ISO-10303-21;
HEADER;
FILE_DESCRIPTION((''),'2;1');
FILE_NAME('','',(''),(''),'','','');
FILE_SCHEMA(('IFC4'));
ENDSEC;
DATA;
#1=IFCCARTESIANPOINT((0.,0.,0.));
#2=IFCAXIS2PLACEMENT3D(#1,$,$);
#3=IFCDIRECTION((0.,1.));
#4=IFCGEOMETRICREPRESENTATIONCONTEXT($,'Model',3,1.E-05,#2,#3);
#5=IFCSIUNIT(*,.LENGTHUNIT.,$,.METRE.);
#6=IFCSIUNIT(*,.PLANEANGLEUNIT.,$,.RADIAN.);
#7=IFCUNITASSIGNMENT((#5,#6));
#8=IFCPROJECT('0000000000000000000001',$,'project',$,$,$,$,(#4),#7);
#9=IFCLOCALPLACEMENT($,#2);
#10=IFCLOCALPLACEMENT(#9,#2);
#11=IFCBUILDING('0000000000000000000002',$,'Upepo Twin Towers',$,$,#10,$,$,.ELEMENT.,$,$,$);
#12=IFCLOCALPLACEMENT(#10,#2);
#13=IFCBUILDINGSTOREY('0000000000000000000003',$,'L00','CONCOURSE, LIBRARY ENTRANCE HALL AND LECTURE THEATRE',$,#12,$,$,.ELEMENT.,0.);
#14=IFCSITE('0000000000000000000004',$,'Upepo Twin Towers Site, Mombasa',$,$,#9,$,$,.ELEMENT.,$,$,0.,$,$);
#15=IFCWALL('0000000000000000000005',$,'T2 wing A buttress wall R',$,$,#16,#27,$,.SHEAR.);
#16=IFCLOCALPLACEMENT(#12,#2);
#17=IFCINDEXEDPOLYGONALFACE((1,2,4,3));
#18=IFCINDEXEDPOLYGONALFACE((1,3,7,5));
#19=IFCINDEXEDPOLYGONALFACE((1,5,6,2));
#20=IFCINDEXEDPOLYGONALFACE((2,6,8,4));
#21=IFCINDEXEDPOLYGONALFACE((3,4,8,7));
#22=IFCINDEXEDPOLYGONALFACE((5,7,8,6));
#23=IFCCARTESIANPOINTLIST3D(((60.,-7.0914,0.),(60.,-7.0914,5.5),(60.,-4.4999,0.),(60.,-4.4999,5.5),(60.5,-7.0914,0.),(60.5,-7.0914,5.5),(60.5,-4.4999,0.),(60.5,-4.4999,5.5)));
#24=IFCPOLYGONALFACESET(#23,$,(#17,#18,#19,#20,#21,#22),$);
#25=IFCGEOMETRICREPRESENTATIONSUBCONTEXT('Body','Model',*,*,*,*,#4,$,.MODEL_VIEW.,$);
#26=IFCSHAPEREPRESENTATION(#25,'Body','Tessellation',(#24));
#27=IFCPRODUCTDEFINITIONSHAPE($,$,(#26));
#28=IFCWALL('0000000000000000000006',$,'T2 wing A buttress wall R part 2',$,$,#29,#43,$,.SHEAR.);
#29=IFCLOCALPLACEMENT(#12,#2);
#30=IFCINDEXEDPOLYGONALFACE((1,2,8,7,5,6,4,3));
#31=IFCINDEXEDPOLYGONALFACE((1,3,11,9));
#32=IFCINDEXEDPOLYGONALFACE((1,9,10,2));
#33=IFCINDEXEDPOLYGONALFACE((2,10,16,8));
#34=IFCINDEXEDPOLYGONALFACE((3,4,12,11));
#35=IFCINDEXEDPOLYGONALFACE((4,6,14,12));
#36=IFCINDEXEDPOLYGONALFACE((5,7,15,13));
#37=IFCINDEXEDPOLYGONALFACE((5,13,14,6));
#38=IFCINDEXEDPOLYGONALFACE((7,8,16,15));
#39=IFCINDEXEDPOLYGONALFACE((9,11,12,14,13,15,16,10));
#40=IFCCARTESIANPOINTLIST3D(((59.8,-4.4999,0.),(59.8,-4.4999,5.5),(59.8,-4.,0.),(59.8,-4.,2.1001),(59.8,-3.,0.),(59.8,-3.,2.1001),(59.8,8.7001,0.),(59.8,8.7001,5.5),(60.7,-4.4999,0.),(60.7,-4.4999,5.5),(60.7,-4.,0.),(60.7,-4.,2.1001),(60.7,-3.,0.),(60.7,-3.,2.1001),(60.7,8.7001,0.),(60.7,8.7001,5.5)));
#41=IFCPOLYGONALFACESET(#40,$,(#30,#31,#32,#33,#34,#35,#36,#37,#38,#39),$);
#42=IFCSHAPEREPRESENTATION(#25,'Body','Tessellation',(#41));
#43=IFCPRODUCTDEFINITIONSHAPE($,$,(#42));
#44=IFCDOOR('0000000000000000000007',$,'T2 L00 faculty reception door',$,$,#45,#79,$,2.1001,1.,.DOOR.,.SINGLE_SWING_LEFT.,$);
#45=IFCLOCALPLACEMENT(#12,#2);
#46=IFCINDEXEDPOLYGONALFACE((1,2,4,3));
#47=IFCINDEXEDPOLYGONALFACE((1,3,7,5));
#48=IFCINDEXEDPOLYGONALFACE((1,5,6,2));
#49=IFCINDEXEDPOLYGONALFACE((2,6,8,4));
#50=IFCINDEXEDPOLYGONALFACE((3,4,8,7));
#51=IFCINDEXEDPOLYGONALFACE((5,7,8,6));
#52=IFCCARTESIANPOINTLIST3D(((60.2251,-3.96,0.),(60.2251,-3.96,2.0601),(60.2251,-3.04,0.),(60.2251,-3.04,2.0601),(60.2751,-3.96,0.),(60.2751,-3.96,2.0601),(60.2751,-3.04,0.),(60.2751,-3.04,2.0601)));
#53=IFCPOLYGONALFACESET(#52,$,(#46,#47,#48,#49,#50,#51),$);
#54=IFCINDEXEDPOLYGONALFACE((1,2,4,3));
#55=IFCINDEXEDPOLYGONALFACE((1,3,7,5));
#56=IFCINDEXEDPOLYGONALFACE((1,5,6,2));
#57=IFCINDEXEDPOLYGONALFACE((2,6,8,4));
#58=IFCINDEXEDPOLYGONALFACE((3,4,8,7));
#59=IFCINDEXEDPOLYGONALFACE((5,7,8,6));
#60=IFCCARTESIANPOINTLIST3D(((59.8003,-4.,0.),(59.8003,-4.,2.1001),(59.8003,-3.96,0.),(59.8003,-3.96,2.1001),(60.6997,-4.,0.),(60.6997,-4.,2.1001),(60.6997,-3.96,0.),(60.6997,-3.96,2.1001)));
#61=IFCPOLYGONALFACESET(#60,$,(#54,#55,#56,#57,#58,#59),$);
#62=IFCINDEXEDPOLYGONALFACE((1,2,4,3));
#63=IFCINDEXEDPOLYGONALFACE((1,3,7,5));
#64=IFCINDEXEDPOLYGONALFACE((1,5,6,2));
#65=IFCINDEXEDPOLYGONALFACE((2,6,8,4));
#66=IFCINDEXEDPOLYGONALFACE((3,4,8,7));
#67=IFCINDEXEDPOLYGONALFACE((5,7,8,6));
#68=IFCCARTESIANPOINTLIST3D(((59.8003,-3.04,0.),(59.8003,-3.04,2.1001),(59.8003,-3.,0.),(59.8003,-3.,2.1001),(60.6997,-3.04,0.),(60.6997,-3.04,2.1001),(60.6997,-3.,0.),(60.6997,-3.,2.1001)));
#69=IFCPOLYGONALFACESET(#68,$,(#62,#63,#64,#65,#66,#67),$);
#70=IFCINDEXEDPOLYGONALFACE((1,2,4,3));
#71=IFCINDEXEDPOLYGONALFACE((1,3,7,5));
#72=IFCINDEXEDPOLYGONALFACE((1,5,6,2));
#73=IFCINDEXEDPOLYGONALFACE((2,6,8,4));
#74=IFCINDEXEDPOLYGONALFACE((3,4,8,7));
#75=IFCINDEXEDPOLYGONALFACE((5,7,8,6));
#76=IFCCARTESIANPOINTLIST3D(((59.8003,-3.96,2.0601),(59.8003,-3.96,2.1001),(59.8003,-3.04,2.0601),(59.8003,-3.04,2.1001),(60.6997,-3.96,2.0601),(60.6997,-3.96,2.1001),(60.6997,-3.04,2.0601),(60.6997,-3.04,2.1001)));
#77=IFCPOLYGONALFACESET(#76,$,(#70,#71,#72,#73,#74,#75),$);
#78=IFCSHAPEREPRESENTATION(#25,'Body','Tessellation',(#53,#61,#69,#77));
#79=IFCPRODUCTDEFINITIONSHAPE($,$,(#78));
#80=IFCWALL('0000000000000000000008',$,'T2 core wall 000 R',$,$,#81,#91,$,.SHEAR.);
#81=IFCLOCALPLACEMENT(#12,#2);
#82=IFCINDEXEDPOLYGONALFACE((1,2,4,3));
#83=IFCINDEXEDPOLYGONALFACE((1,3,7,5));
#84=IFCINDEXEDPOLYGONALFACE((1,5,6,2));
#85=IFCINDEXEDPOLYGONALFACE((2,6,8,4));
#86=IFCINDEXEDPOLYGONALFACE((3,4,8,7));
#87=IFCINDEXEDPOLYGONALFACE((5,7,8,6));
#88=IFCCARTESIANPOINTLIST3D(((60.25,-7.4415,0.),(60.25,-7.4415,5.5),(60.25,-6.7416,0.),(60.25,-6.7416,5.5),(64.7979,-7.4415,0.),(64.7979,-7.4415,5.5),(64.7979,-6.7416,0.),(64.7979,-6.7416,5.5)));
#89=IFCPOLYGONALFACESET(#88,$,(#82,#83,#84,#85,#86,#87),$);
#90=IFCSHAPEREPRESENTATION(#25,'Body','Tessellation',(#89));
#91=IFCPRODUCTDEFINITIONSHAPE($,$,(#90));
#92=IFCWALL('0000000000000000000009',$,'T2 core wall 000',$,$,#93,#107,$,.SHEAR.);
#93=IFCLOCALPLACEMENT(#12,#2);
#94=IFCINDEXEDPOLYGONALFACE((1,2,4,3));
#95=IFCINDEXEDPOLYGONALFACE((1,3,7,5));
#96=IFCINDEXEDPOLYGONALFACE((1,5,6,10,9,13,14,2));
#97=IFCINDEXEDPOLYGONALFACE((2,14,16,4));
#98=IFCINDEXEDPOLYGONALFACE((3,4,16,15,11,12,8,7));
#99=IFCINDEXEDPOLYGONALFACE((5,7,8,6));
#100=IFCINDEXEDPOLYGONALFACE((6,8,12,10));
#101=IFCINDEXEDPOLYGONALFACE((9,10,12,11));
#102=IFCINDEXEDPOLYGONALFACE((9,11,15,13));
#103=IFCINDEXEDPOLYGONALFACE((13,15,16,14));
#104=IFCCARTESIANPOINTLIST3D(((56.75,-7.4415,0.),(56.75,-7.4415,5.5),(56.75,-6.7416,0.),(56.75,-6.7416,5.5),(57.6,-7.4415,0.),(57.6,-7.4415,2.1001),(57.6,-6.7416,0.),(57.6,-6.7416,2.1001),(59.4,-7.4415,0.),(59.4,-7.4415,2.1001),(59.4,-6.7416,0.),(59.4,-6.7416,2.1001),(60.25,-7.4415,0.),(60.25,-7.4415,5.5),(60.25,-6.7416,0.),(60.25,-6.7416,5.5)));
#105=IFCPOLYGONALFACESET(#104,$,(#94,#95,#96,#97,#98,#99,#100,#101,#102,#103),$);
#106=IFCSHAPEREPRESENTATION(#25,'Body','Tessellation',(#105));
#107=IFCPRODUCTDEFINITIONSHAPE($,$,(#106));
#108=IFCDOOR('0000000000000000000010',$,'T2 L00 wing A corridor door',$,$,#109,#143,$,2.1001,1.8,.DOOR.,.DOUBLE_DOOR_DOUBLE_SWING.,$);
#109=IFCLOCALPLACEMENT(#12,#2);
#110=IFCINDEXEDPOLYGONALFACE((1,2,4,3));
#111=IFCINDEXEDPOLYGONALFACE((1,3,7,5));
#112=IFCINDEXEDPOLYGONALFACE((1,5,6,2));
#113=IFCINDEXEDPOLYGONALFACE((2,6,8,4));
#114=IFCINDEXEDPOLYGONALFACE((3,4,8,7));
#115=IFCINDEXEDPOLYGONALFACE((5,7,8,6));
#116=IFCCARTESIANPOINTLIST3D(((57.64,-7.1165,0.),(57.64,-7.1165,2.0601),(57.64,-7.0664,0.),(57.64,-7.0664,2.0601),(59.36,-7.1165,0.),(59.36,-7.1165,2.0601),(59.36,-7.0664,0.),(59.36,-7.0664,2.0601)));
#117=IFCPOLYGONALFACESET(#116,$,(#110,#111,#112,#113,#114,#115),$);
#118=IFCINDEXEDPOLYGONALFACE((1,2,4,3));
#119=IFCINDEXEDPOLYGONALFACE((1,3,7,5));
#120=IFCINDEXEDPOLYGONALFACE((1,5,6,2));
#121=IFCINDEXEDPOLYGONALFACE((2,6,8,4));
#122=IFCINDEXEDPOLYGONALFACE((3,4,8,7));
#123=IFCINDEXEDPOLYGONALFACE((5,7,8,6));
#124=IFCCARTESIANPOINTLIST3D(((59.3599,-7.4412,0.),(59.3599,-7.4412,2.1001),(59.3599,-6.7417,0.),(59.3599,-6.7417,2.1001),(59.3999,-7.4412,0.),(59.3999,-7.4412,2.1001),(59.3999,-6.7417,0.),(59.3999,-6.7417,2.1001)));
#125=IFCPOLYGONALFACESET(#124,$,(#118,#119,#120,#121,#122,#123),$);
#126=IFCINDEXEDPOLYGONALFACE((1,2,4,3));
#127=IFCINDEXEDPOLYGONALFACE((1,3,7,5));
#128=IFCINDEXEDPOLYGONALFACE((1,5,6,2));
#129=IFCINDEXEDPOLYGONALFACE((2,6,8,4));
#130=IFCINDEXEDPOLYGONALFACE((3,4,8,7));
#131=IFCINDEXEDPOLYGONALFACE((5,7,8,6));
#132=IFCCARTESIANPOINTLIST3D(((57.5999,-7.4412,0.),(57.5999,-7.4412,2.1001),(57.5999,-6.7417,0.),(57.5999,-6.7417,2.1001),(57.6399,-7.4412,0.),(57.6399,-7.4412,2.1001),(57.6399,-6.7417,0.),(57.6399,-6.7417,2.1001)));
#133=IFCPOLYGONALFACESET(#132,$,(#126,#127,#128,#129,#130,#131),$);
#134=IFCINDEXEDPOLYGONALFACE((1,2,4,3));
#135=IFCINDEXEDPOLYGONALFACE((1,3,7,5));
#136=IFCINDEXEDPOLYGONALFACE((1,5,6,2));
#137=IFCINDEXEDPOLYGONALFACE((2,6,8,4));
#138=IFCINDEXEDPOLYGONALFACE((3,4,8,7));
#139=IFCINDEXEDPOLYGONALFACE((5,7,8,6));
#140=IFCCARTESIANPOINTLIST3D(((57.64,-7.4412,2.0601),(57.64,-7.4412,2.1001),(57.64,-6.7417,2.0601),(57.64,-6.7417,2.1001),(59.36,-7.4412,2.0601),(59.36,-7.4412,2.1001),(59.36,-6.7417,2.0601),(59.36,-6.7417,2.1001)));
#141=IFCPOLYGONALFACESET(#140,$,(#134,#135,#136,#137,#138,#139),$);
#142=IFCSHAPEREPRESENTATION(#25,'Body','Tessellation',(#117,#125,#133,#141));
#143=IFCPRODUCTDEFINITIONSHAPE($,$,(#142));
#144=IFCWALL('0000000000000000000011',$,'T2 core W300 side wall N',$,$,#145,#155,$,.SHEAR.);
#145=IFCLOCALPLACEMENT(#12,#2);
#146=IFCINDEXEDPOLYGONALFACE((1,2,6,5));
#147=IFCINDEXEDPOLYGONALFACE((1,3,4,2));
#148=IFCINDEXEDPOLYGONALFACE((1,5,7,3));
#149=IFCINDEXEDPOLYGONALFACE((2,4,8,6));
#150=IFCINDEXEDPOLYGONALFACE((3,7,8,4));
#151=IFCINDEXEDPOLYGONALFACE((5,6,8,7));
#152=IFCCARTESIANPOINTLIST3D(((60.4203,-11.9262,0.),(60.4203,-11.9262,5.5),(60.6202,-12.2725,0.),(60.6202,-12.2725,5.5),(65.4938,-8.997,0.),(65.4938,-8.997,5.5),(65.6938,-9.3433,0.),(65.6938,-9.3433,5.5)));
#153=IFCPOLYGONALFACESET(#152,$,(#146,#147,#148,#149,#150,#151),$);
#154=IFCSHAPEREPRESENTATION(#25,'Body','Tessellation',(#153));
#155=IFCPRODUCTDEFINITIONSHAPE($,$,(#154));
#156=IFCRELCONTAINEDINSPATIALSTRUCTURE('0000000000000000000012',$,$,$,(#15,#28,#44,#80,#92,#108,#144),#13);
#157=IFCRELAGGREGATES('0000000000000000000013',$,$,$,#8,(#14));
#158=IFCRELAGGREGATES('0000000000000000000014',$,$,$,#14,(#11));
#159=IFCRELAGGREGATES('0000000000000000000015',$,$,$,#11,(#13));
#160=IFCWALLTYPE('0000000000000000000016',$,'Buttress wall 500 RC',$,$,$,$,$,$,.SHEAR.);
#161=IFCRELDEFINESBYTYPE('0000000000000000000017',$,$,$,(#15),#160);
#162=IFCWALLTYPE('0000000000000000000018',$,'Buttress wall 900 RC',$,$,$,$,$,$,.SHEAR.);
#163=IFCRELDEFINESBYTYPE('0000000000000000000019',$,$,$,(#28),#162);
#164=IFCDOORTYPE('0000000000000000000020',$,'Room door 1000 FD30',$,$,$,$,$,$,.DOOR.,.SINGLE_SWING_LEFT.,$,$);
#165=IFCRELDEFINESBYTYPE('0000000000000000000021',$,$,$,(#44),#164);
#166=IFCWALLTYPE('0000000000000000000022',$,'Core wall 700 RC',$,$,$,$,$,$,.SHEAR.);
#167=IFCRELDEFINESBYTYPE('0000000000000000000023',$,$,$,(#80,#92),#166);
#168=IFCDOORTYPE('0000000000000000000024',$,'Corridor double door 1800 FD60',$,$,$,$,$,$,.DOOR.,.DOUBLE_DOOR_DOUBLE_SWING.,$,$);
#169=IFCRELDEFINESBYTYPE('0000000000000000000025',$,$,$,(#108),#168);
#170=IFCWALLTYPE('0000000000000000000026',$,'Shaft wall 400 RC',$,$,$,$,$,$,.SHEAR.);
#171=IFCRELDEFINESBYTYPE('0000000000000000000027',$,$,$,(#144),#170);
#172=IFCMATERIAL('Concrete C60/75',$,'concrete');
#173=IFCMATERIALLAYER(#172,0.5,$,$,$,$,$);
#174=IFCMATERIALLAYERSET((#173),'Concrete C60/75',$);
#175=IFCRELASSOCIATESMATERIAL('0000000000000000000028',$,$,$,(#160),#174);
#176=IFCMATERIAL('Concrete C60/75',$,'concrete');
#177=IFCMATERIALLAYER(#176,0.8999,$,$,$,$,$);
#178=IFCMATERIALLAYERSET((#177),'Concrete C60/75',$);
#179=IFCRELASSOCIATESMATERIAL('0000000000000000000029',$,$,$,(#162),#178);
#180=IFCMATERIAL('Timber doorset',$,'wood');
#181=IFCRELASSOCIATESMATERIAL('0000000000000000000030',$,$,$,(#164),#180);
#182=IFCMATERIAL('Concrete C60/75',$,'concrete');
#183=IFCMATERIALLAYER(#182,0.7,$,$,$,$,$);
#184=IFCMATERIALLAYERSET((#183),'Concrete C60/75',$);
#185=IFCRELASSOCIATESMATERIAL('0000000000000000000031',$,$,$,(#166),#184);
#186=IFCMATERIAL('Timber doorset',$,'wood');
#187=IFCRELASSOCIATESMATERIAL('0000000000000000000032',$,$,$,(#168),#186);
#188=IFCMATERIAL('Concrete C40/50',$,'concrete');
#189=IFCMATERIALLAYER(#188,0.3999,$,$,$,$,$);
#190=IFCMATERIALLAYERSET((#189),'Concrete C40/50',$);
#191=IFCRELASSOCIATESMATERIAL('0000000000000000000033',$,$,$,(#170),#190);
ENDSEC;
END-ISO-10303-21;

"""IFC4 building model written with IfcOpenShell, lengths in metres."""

from ifc_helpers import new_model, si_unit, direction, frame, frame_2d, origin, place, context, subcontext, project, spatial, rectangle, extrude, material, layer, layer_set, type_object, element, fill, save


model = new_model("IFC4")

# Units and contexts
model_context = context("Model", 3, precision=1e-05, world=origin(), true_north=direction((0.0, 1.0)))
body_context = subcontext(model_context, "Body", "Model", "MODEL_VIEW")
ifc_project = project(units=[si_unit("LENGTHUNIT", "METRE"), si_unit("PLANEANGLEUNIT", "RADIAN")], contexts=[model_context])

# Site, building, storey
site_placement = place(None, origin())
site = spatial("IfcSite", under=ifc_project, at=site_placement, Name="Upepo Twin Towers Site, Mombasa", CompositionType="ELEMENT", RefElevation=0.0)
building_placement = place(site_placement, origin())
building = spatial("IfcBuilding", under=site, at=building_placement, Name="Upepo Twin Towers", CompositionType="ELEMENT")
storey_placement = place(building_placement, origin())
storey = spatial("IfcBuildingStorey", under=building, at=storey_placement, Name="L00", Description="CONCOURSE, LIBRARY ENTRANCE HALL AND LECTURE THEATRE", CompositionType="ELEMENT", Elevation=0.0)

# Wall
ifc_material_1 = material(Name="Concrete C60/75", Category="concrete")
ifc_layer_1 = layer(ifc_material_1, 0.5)
ifc_layer_set_1 = layer_set([ifc_layer_1], Name="Concrete C60/75")
wall_type_1 = type_object("IfcWallType", Name="Buttress wall 500 RC", PredefinedType="SHEAR", material=ifc_layer_set_1)
wall_1_placement = place(storey_placement, frame((60.25, -7.0916, 0.0), z_axis=(0.0, 0.0, 1.0), x_axis=(0.0, 1.0, 0.0)))
element("IfcWall", 1, at=wall_1_placement, inside=storey, type_object=wall_type_1, Name="T2 wing A buttress wall R", PredefinedType="SHEAR", context=body_context, shape_type="SweptSolid", body=[
    extrude(rectangle(XDim=2.5916, YDim=0.5, at=frame_2d((1.2959, 0.0))), origin(), (0.0, 0.0, 1.0), 5.5),
])

# Wall, opening, door
ifc_material_2 = material(Name="Concrete C60/75", Category="concrete")
ifc_layer_2 = layer(ifc_material_2, 0.8999)
ifc_layer_set_2 = layer_set([ifc_layer_2], Name="Concrete C60/75")
wall_type_2 = type_object("IfcWallType", Name="Buttress wall 900 RC", PredefinedType="SHEAR", material=ifc_layer_set_2)
wall_2_placement = place(storey_placement, frame((60.25, -4.5, 0.0), z_axis=(0.0, 0.0, 1.0), x_axis=(0.0, 1.0, 0.0)))
wall_2 = element("IfcWall", 2, at=wall_2_placement, inside=storey, type_object=wall_type_2, Name="T2 wing A buttress wall R part 2", PredefinedType="SHEAR", context=body_context, shape_type="SweptSolid", body=[
    extrude(rectangle(XDim=13.2, YDim=0.8999, at=frame_2d((6.6001, 0.0))), origin(), (0.0, 0.0, 1.0), 5.5),
])
opening_1_placement = place(wall_2_placement, frame((0.5, 0.0, 0.0)))
opening_1 = element("IfcOpeningElement", 3, at=opening_1_placement, cuts=wall_2, PredefinedType="OPENING", context=body_context, shape_type="SweptSolid", body=[
    extrude(rectangle(XDim=1.0, YDim=2.1001, at=frame_2d((0.5, 1.05))), frame((0.0, 0.46, 0.0), z_axis=(0.0, -1.0, 0.0), x_axis=(1.0, 0.0, 0.0)), (0.0, 0.0, 1.0), 0.9199),
])
ifc_material_3 = material(Name="Timber doorset", Category="wood")
door_type_1 = type_object("IfcDoorType", Name="Room door 1000 FD30", OperationType="SINGLE_SWING_LEFT", PredefinedType="DOOR", material=ifc_material_3)
door_1_placement = place(opening_1_placement, origin())
door_1 = element("IfcDoor", 4, at=door_1_placement, inside=storey, type_object=door_type_1, Name="T2 L00 faculty reception door", OperationType="SINGLE_SWING_LEFT", OverallHeight=2.1001, OverallWidth=1.0, PredefinedType="DOOR", context=body_context, shape_type="SweptSolid", body=[
    extrude(rectangle(XDim=0.92, YDim=2.0601, at=frame_2d((0.5, 1.03))), frame((0.0, 0.0249, 0.0), z_axis=(0.0, -1.0, 0.0), x_axis=(1.0, 0.0, 0.0)), (0.0, 0.0, 1.0), 0.05),
    extrude(rectangle(XDim=0.04, YDim=2.1001, at=frame_2d((0.02, 1.05))), frame((0.0, 0.4497, 0.0), z_axis=(0.0, -1.0, 0.0), x_axis=(1.0, 0.0, 0.0)), (0.0, 0.0, 1.0), 0.8994),
    extrude(rectangle(XDim=0.04, YDim=2.1001, at=frame_2d((0.98, 1.05))), frame((0.0, 0.4497, 0.0), z_axis=(0.0, -1.0, 0.0), x_axis=(1.0, 0.0, 0.0)), (0.0, 0.0, 1.0), 0.8994),
    extrude(rectangle(XDim=0.92, YDim=0.04, at=frame_2d((0.5, 2.0801))), frame((0.0, 0.4497, 0.0), z_axis=(0.0, -1.0, 0.0), x_axis=(1.0, 0.0, 0.0)), (0.0, 0.0, 1.0), 0.8994),
])
fill(opening_1, door_1)

# Wall
ifc_material_4 = material(Name="Concrete C60/75", Category="concrete")
ifc_layer_3 = layer(ifc_material_4, 0.7)
ifc_layer_set_3 = layer_set([ifc_layer_3], Name="Concrete C60/75")
wall_type_3 = type_object("IfcWallType", Name="Core wall 700 RC", PredefinedType="SHEAR", material=ifc_layer_set_3)
wall_3_placement = place(storey_placement, frame((64.7979, -7.0916, 0.0), z_axis=(0.0, 0.0, 1.0), x_axis=(-1.0, 0.0, 0.0)))
element("IfcWall", 5, at=wall_3_placement, inside=storey, type_object=wall_type_3, Name="T2 core wall 000 R", PredefinedType="SHEAR", context=body_context, shape_type="SweptSolid", body=[
    extrude(rectangle(XDim=4.5479, YDim=0.7, at=frame_2d((2.2739, 0.0))), origin(), (0.0, 0.0, 1.0), 5.5),
])

# Wall, opening, door
wall_4_placement = place(storey_placement, frame((60.25, -7.0916, 0.0), z_axis=(0.0, 0.0, 1.0), x_axis=(-1.0, 0.0, 0.0)))
wall_4 = element("IfcWall", 6, at=wall_4_placement, inside=storey, type_object=wall_type_3, Name="T2 core wall 000", PredefinedType="SHEAR", context=body_context, shape_type="SweptSolid", body=[
    extrude(rectangle(XDim=3.5, YDim=0.7, at=frame_2d((1.75, 0.0))), origin(), (0.0, 0.0, 1.0), 5.5),
])
opening_2_placement = place(wall_4_placement, frame((0.8501, 0.0, 0.0)))
opening_2 = element("IfcOpeningElement", 7, at=opening_2_placement, cuts=wall_4, PredefinedType="OPENING", context=body_context, shape_type="SweptSolid", body=[
    extrude(rectangle(XDim=1.8, YDim=2.1001, at=frame_2d((0.8999, 1.05))), frame((0.0, 0.3599, 0.0), z_axis=(0.0, -1.0, 0.0), x_axis=(1.0, 0.0, 0.0)), (0.0, 0.0, 1.0), 0.72),
])
ifc_material_5 = material(Name="Timber doorset", Category="wood")
door_type_2 = type_object("IfcDoorType", Name="Corridor double door 1800 FD60", OperationType="DOUBLE_DOOR_DOUBLE_SWING", PredefinedType="DOOR", material=ifc_material_5)
door_2_placement = place(opening_2_placement, origin())
door_2 = element("IfcDoor", 8, at=door_2_placement, inside=storey, type_object=door_type_2, Name="T2 L00 wing A corridor door", OperationType="DOUBLE_DOOR_DOUBLE_SWING", OverallHeight=2.1001, OverallWidth=1.8, PredefinedType="DOOR", context=body_context, shape_type="SweptSolid", body=[
    extrude(rectangle(XDim=1.72, YDim=2.0601, at=frame_2d((0.8999, 1.03))), frame((0.0, 0.0249, 0.0), z_axis=(0.0, -1.0, 0.0), x_axis=(1.0, 0.0, 0.0)), (0.0, 0.0, 1.0), 0.05),
    extrude(rectangle(XDim=0.04, YDim=2.1001, at=frame_2d((0.02, 1.05))), frame((0.0, 0.3496, 0.0), z_axis=(0.0, -1.0, 0.0), x_axis=(1.0, 0.0, 0.0)), (0.0, 0.0, 1.0), 0.6995),
    extrude(rectangle(XDim=0.04, YDim=2.1001, at=frame_2d((1.78, 1.05))), frame((0.0, 0.3496, 0.0), z_axis=(0.0, -1.0, 0.0), x_axis=(1.0, 0.0, 0.0)), (0.0, 0.0, 1.0), 0.6995),
    extrude(rectangle(XDim=1.72, YDim=0.04, at=frame_2d((0.8999, 2.0801))), frame((0.0, 0.3496, 0.0), z_axis=(0.0, -1.0, 0.0), x_axis=(1.0, 0.0, 0.0)), (0.0, 0.0, 1.0), 0.6995),
])
fill(opening_2, door_2)

# Wall
ifc_material_6 = material(Name="Concrete C40/50", Category="concrete")
ifc_layer_4 = layer(ifc_material_6, 0.3999)
ifc_layer_set_4 = layer_set([ifc_layer_4], Name="Concrete C40/50")
wall_type_4 = type_object("IfcWallType", Name="Shaft wall 400 RC", PredefinedType="SHEAR", material=ifc_layer_set_4)
wall_5_placement = place(storey_placement, frame((60.5203, -12.0994, 0.0), z_axis=(0.0, 0.0, 1.0), x_axis=(0.866024, 0.500003, 0.0)))
element("IfcWall", 9, at=wall_5_placement, inside=storey, type_object=wall_type_4, Name="T2 core W300 side wall N", PredefinedType="SHEAR", context=body_context, shape_type="SweptSolid", body=[
    extrude(rectangle(XDim=5.8584, YDim=0.3999, at=frame_2d((2.9292, 0.0))), origin(), (0.0, 0.0, 1.0), 5.5),
])

save(model, "model.ifc")
